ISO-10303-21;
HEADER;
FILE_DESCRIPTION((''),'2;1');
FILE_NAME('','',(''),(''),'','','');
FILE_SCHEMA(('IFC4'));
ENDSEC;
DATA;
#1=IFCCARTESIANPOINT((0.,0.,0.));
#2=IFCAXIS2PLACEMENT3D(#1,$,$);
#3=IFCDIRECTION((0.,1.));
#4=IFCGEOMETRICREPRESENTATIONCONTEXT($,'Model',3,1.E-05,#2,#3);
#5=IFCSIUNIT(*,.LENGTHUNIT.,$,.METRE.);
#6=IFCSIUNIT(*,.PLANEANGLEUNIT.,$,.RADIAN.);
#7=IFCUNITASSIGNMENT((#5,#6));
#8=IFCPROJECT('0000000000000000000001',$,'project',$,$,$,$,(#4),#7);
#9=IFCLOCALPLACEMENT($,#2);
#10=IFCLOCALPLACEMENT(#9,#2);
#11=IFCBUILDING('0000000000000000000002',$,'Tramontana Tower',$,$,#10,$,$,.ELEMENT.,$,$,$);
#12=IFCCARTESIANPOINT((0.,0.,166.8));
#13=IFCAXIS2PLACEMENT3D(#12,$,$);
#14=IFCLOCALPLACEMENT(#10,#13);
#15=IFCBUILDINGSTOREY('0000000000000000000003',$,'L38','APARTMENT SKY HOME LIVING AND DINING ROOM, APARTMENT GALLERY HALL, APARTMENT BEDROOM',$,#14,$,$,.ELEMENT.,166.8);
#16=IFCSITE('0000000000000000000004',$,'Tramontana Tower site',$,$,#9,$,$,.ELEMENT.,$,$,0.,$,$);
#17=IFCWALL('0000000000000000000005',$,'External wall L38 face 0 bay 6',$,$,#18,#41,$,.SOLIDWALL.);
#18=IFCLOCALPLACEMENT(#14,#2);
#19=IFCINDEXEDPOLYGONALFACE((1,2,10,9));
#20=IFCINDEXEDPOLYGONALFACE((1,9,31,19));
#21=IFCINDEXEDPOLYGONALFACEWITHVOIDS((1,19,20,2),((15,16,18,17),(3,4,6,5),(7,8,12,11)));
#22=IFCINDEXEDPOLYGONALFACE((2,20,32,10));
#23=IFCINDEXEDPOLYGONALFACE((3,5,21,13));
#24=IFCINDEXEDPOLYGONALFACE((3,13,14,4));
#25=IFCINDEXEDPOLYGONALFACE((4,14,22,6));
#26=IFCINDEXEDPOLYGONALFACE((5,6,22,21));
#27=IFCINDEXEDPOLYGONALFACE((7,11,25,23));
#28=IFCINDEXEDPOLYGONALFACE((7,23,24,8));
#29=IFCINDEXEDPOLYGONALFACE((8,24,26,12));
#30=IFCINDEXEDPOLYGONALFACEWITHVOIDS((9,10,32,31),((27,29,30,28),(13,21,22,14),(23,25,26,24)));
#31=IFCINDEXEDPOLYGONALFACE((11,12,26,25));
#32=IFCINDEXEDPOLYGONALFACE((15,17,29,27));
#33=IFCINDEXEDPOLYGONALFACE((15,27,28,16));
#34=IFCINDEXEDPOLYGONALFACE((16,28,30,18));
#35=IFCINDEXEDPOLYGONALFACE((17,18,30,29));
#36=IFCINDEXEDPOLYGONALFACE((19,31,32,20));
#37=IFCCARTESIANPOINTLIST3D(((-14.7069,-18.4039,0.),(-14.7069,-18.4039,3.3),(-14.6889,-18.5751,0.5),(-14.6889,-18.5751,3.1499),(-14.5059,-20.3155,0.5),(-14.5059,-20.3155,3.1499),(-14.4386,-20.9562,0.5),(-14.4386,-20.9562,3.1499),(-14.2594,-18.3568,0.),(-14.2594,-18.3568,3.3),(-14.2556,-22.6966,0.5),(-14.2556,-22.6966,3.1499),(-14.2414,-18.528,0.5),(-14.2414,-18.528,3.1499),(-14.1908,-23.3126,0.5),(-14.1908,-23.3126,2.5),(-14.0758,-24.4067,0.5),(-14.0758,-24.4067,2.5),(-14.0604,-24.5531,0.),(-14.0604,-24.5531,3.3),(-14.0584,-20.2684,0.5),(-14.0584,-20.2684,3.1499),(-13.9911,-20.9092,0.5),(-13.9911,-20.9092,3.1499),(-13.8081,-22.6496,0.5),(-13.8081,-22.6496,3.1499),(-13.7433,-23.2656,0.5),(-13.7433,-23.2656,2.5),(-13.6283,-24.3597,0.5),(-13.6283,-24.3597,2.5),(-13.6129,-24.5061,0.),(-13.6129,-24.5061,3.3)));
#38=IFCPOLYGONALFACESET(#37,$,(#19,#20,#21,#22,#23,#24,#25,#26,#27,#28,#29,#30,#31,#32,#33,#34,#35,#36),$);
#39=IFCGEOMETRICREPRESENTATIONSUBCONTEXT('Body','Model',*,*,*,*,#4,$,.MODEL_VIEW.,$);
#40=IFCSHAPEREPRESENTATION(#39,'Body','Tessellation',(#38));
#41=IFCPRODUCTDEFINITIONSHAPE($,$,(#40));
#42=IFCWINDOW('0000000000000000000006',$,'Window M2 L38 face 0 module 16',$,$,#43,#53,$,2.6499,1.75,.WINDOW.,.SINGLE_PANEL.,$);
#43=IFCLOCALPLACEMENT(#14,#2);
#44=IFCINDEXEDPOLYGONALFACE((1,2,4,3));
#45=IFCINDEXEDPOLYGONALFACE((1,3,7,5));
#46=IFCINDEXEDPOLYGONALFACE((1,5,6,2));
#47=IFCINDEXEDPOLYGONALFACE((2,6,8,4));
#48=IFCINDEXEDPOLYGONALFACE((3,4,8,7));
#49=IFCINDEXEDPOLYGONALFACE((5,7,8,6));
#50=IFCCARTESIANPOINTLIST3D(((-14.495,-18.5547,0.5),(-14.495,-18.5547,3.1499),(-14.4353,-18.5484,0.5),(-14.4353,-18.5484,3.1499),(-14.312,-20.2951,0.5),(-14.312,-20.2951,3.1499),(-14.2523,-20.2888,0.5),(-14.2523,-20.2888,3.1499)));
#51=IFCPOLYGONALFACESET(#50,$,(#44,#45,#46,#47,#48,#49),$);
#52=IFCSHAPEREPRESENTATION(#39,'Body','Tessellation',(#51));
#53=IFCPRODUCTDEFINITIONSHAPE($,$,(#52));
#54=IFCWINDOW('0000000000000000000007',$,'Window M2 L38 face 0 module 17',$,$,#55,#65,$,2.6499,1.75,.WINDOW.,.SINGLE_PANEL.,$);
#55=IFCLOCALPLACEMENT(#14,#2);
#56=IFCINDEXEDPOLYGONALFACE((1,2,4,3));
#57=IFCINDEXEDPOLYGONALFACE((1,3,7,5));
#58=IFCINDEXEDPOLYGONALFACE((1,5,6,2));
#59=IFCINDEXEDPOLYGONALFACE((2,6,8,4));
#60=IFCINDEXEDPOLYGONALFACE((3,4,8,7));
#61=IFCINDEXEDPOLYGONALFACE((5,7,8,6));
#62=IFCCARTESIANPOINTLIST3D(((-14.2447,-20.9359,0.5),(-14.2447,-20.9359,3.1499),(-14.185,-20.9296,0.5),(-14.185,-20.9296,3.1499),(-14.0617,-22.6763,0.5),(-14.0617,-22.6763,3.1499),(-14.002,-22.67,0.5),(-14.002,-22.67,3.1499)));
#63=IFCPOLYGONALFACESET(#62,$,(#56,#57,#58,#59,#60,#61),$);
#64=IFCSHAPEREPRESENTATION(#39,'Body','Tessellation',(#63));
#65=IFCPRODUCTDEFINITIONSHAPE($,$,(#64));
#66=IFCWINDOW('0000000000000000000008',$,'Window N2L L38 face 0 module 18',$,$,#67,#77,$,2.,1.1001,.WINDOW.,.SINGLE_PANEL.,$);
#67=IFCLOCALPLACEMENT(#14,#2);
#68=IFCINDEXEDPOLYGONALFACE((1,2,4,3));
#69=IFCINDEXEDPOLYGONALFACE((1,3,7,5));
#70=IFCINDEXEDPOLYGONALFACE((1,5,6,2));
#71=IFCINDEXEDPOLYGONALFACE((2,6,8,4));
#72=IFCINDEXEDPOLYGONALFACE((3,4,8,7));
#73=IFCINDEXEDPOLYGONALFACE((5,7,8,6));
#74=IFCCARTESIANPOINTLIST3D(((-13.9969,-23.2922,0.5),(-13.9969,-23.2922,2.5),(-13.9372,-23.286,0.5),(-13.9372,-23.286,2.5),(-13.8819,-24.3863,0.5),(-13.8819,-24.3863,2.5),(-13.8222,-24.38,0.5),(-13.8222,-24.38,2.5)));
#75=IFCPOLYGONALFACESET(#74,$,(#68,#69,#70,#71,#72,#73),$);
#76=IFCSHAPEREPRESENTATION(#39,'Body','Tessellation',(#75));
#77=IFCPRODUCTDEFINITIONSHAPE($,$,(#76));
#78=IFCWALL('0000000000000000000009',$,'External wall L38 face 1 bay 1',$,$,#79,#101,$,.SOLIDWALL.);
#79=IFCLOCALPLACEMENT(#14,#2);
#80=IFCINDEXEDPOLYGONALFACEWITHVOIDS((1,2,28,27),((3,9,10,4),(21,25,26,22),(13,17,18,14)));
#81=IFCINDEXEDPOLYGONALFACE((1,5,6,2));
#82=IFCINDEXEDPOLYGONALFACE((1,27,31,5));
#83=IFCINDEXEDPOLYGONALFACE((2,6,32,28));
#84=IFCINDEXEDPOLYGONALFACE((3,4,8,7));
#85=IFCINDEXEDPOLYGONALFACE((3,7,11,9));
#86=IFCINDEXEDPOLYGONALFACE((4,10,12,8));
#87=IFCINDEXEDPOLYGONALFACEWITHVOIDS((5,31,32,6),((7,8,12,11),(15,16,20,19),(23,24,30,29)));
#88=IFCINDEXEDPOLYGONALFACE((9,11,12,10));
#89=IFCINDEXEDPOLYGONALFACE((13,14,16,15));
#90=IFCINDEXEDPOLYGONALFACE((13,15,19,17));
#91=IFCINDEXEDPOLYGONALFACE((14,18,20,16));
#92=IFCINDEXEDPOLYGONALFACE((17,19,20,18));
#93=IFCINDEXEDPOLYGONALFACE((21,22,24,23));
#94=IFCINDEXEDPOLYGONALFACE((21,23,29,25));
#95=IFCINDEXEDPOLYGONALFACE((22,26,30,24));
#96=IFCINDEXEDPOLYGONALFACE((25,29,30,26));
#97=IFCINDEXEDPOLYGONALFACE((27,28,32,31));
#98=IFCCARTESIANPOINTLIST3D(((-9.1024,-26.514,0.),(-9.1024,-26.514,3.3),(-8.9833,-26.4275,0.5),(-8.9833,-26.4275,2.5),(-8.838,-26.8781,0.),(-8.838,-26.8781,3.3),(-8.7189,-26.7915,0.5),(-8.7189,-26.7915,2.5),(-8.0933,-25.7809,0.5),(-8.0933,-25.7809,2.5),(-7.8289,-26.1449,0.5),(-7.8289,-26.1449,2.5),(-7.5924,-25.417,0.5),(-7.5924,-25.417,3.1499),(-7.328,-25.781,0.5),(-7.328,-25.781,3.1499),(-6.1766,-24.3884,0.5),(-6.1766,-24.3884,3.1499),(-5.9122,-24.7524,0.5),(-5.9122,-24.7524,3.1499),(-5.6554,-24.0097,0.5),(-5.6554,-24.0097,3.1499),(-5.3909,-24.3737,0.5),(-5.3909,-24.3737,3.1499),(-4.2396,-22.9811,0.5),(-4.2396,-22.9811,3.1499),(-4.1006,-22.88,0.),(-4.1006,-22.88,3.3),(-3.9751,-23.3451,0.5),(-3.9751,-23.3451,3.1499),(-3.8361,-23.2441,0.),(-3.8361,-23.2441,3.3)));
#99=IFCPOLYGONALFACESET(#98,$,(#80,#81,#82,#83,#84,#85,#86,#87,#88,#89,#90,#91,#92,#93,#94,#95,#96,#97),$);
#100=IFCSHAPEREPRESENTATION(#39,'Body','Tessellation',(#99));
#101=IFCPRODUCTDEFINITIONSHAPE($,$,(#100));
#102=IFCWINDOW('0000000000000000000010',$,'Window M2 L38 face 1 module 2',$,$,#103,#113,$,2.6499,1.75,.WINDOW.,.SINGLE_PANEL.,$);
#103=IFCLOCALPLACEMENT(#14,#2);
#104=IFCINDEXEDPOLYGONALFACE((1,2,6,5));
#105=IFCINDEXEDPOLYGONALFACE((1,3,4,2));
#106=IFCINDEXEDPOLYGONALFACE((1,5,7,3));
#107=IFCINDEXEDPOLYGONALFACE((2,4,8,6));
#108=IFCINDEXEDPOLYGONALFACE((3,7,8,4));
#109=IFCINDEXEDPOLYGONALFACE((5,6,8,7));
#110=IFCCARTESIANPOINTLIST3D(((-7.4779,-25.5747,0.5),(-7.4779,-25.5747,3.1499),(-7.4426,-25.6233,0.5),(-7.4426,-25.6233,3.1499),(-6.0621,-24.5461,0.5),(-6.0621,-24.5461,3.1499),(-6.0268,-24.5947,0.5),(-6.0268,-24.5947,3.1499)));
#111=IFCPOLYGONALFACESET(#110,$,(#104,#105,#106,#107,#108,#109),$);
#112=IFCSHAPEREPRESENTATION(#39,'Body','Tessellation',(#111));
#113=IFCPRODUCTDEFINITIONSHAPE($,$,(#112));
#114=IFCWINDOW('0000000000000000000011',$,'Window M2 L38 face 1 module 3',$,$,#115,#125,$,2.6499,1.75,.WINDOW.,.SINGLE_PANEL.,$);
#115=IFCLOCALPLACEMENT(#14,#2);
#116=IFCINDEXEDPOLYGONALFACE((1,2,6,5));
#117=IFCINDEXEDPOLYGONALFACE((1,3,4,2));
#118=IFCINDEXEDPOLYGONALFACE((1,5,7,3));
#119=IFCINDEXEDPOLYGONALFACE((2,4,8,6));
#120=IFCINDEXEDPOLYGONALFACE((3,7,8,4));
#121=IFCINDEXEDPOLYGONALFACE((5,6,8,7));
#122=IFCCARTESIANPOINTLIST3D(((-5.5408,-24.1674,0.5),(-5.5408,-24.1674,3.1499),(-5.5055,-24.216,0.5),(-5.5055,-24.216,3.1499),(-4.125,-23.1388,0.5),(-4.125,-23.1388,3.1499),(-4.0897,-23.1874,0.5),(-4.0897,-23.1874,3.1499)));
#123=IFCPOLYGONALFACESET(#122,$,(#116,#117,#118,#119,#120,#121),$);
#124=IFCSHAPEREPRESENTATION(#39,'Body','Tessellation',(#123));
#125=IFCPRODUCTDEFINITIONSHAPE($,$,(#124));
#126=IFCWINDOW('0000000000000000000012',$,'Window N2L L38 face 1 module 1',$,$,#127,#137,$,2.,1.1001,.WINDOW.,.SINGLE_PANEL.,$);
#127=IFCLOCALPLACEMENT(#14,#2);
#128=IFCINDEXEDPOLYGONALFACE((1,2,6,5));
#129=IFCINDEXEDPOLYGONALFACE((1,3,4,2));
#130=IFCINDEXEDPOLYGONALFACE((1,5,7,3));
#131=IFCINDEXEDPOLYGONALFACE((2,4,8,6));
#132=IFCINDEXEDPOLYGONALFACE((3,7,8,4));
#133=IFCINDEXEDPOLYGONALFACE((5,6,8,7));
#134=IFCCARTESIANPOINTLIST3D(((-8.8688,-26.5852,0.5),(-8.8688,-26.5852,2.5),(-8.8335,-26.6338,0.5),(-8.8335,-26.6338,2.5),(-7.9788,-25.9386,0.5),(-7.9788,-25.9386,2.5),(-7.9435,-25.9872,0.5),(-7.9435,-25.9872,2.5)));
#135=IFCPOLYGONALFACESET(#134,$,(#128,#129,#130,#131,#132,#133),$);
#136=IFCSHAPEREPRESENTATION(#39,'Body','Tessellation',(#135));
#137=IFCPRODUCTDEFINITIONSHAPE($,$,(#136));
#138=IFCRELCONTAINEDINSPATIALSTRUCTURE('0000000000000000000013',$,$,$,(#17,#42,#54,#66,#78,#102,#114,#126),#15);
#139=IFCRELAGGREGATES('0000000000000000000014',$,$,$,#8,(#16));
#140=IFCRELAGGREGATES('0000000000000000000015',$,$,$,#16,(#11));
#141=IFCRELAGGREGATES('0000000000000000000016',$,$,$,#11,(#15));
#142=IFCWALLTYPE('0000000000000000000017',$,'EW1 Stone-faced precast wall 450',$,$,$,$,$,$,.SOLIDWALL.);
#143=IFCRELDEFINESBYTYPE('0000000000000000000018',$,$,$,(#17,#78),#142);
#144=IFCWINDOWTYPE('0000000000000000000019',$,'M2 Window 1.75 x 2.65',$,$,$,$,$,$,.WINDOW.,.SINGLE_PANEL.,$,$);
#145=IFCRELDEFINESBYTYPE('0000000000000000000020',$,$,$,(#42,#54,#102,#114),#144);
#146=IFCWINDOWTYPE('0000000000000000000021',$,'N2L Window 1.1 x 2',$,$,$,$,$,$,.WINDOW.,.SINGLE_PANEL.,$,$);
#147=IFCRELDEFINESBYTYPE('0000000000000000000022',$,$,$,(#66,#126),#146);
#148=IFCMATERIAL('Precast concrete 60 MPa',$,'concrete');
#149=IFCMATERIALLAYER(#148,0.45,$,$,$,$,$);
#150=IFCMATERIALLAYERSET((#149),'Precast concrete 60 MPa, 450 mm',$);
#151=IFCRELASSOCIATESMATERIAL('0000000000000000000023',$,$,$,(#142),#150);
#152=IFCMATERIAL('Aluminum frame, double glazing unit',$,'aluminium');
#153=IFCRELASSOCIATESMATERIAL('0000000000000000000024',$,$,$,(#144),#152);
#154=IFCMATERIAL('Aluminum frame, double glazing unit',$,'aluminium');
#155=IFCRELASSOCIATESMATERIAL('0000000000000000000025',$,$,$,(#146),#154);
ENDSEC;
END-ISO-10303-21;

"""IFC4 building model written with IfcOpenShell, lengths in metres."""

from ifc_helpers import new_model, si_unit, direction, frame, frame_2d, origin, place, context, subcontext, project, spatial, rectangle, extrude, material, layer, layer_set, type_object, element, fill, save


model = new_model("IFC4")

# Units and contexts
model_context = context("Model", 3, precision=1e-05, world=origin(), true_north=direction((0.0, 1.0)))
body_context = subcontext(model_context, "Body", "Model", "MODEL_VIEW")
ifc_project = project(units=[si_unit("LENGTHUNIT", "METRE"), si_unit("PLANEANGLEUNIT", "RADIAN")], contexts=[model_context])

# Site, building, storey
site_placement = place(None, origin())
site = spatial("IfcSite", under=ifc_project, at=site_placement, Name="Tramontana Tower site", CompositionType="ELEMENT", RefElevation=0.0)
building_placement = place(site_placement, origin())
building = spatial("IfcBuilding", under=site, at=building_placement, Name="Tramontana Tower", CompositionType="ELEMENT")
storey_placement = place(building_placement, frame((0.0, 0.0, 166.8)))
storey = spatial("IfcBuildingStorey", under=building, at=storey_placement, Name="L38", Description="APARTMENT SKY HOME LIVING AND DINING ROOM, APARTMENT GALLERY HALL, APARTMENT BEDROOM", CompositionType="ELEMENT", Elevation=166.8)

# Walls, openings, windows
ifc_material_1 = material(Name="Precast concrete 60 MPa", Category="concrete")
ifc_layer_1 = layer(ifc_material_1, 0.45)
ifc_layer_set_1 = layer_set([ifc_layer_1], Name="Precast concrete 60 MPa, 450 mm")
wall_type_1 = type_object("IfcWallType", Name="EW1 Stone-faced precast wall 450", PredefinedType="SOLIDWALL", material=ifc_layer_set_1)
wall_1_placement = place(storey_placement, frame((-14.4832, -18.3804, 0.0), z_axis=(0.0, 0.0, 1.0), x_axis=(0.104557, -0.994519, 0.0)))
wall_1 = element("IfcWall", 1, at=wall_1_placement, inside=storey, type_object=wall_type_1, Name="External wall L38 face 0 bay 6", PredefinedType="SOLIDWALL", context=body_context, shape_type="SweptSolid", body=[
    extrude(rectangle(XDim=6.1831, YDim=0.45, at=frame_2d((3.0916, 0.0))), origin(), (0.0, 0.0, 1.0), 3.3),
])
opening_1_placement = place(wall_1_placement, frame((0.1721, 0.0, 0.5)))
opening_1 = element("IfcOpeningElement", 2, at=opening_1_placement, cuts=wall_1, PredefinedType="OPENING", context=body_context, shape_type="SweptSolid", body=[
    extrude(rectangle(XDim=1.75, YDim=2.6499, at=frame_2d((0.875, 1.325))), frame((0.0, 0.2349, 0.0), z_axis=(0.0, -1.0, 0.0), x_axis=(1.0, 0.0, 0.0)), (0.0, 0.0, 1.0), 0.47),
])
opening_2_placement = place(wall_1_placement, frame((2.5664, 0.0, 0.5)))
opening_2 = element("IfcOpeningElement", 3, at=opening_2_placement, cuts=wall_1, PredefinedType="OPENING", context=body_context, shape_type="SweptSolid", body=[
    extrude(rectangle(XDim=1.75, YDim=2.6499, at=frame_2d((0.875, 1.325))), frame((0.0, 0.2349, 0.0), z_axis=(0.0, -1.0, 0.0), x_axis=(1.0, 0.0, 0.0)), (0.0, 0.0, 1.0), 0.47),
])
opening_3_placement = place(wall_1_placement, frame((4.9358, 0.0, 0.5)))
opening_3 = element("IfcOpeningElement", 4, at=opening_3_placement, cuts=wall_1, PredefinedType="OPENING", context=body_context, shape_type="SweptSolid", body=[
    extrude(rectangle(XDim=1.1001, YDim=2.0, at=frame_2d((0.55, 1.0))), frame((0.0, 0.2349, 0.0), z_axis=(0.0, -1.0, 0.0), x_axis=(1.0, 0.0, 0.0)), (0.0, 0.0, 1.0), 0.47),
])
ifc_material_2 = material(Name="Aluminum frame, double glazing unit", Category="aluminium")
window_type_1 = type_object("IfcWindowType", Name="M2 Window 1.75 x 2.65", PartitioningType="SINGLE_PANEL", PredefinedType="WINDOW", material=ifc_material_2)
window_1_placement = place(opening_1_placement, origin())
window_1 = element("IfcWindow", 5, at=window_1_placement, inside=storey, type_object=window_type_1, Name="Window M2 L38 face 0 module 16", OverallHeight=2.6499, OverallWidth=1.75, PartitioningType="SINGLE_PANEL", PredefinedType="WINDOW", context=body_context, shape_type="SweptSolid", body=[
    extrude(rectangle(XDim=1.75, YDim=2.6499, at=frame_2d((0.875, 1.325))), frame((0.0, 0.03, 0.0), z_axis=(0.0, -1.0, 0.0), x_axis=(1.0, 0.0, 0.0)), (0.0, 0.0, 1.0), 0.0601),
])
fill(opening_1, window_1)
window_2_placement = place(opening_2_placement, origin())
window_2 = element("IfcWindow", 6, at=window_2_placement, inside=storey, type_object=window_type_1, Name="Window M2 L38 face 0 module 17", OverallHeight=2.6499, OverallWidth=1.75, PartitioningType="SINGLE_PANEL", PredefinedType="WINDOW", context=body_context, shape_type="SweptSolid", body=[
    extrude(rectangle(XDim=1.75, YDim=2.6499, at=frame_2d((0.875, 1.325))), frame((0.0, 0.03, 0.0), z_axis=(0.0, -1.0, 0.0), x_axis=(1.0, 0.0, 0.0)), (0.0, 0.0, 1.0), 0.0601),
])
fill(opening_2, window_2)
ifc_material_3 = material(Name="Aluminum frame, double glazing unit", Category="aluminium")
window_type_2 = type_object("IfcWindowType", Name="N2L Window 1.1 x 2", PartitioningType="SINGLE_PANEL", PredefinedType="WINDOW", material=ifc_material_3)
window_3_placement = place(opening_3_placement, origin())
window_3 = element("IfcWindow", 7, at=window_3_placement, inside=storey, type_object=window_type_2, Name="Window N2L L38 face 0 module 18", OverallHeight=2.0, OverallWidth=1.1001, PartitioningType="SINGLE_PANEL", PredefinedType="WINDOW", context=body_context, shape_type="SweptSolid", body=[
    extrude(rectangle(XDim=1.1001, YDim=2.0, at=frame_2d((0.55, 1.0))), frame((0.0, 0.03, 0.0), z_axis=(0.0, -1.0, 0.0), x_axis=(1.0, 0.0, 0.0)), (0.0, 0.0, 1.0), 0.0601),
])
fill(opening_3, window_3)
wall_2_placement = place(storey_placement, frame((-8.9702, -26.696, 0.0), z_axis=(0.0, 0.0, 1.0), x_axis=(0.809025, 0.587775, 0.0)))
wall_2 = element("IfcWall", 8, at=wall_2_placement, inside=storey, type_object=wall_type_1, Name="External wall L38 face 1 bay 1", PredefinedType="SOLIDWALL", context=body_context, shape_type="SweptSolid", body=[
    extrude(rectangle(XDim=6.1826, YDim=0.45, at=frame_2d((3.0913, 0.0))), origin(), (0.0, 0.0, 1.0), 3.3),
])
opening_4_placement = place(wall_2_placement, frame((0.1472, 0.0, 0.5)))
opening_4 = element("IfcOpeningElement", 9, at=opening_4_placement, cuts=wall_2, PredefinedType="OPENING", context=body_context, shape_type="SweptSolid", body=[
    extrude(rectangle(XDim=1.1001, YDim=2.0, at=frame_2d((0.55, 1.0))), frame((0.0, 0.2349, 0.0), z_axis=(0.0, -1.0, 0.0), x_axis=(1.0, 0.0, 0.0)), (0.0, 0.0, 1.0), 0.47),
])
opening_5_placement = place(wall_2_placement, frame((1.8665, 0.0, 0.5)))
opening_5 = element("IfcOpeningElement", 10, at=opening_5_placement, cuts=wall_2, PredefinedType="OPENING", context=body_context, shape_type="SweptSolid", body=[
    extrude(rectangle(XDim=1.75, YDim=2.6499, at=frame_2d((0.875, 1.325))), frame((0.0, 0.2349, 0.0), z_axis=(0.0, -1.0, 0.0), x_axis=(1.0, 0.0, 0.0)), (0.0, 0.0, 1.0), 0.47),
])
opening_6_placement = place(wall_2_placement, frame((4.2607, 0.0, 0.5)))
opening_6 = element("IfcOpeningElement", 11, at=opening_6_placement, cuts=wall_2, PredefinedType="OPENING", context=body_context, shape_type="SweptSolid", body=[
    extrude(rectangle(XDim=1.75, YDim=2.6499, at=frame_2d((0.875, 1.325))), frame((0.0, 0.2349, 0.0), z_axis=(0.0, -1.0, 0.0), x_axis=(1.0, 0.0, 0.0)), (0.0, 0.0, 1.0), 0.47),
])
window_4_placement = place(opening_5_placement, origin())
window_4 = element("IfcWindow", 12, at=window_4_placement, inside=storey, type_object=window_type_1, Name="Window M2 L38 face 1 module 2", OverallHeight=2.6499, OverallWidth=1.75, PartitioningType="SINGLE_PANEL", PredefinedType="WINDOW", context=body_context, shape_type="SweptSolid", body=[
    extrude(rectangle(XDim=1.75, YDim=2.6499, at=frame_2d((0.875, 1.325))), frame((0.0, 0.03, 0.0), z_axis=(0.0, -1.0, 0.0), x_axis=(1.0, 0.0, 0.0)), (0.0, 0.0, 1.0), 0.0601),
])
fill(opening_5, window_4)
window_5_placement = place(opening_6_placement, origin())
window_5 = element("IfcWindow", 13, at=window_5_placement, inside=storey, type_object=window_type_1, Name="Window M2 L38 face 1 module 3", OverallHeight=2.6499, OverallWidth=1.75, PartitioningType="SINGLE_PANEL", PredefinedType="WINDOW", context=body_context, shape_type="SweptSolid", body=[
    extrude(rectangle(XDim=1.75, YDim=2.6499, at=frame_2d((0.875, 1.325))), frame((0.0, 0.03, 0.0), z_axis=(0.0, -1.0, 0.0), x_axis=(1.0, 0.0, 0.0)), (0.0, 0.0, 1.0), 0.0601),
])
fill(opening_6, window_5)
window_6_placement = place(opening_4_placement, origin())
window_6 = element("IfcWindow", 14, at=window_6_placement, inside=storey, type_object=window_type_2, Name="Window N2L L38 face 1 module 1", OverallHeight=2.0, OverallWidth=1.1001, PartitioningType="SINGLE_PANEL", PredefinedType="WINDOW", context=body_context, shape_type="SweptSolid", body=[
    extrude(rectangle(XDim=1.1001, YDim=2.0, at=frame_2d((0.55, 1.0))), frame((0.0, 0.03, 0.0), z_axis=(0.0, -1.0, 0.0), x_axis=(1.0, 0.0, 0.0)), (0.0, 0.0, 1.0), 0.0601),
])
fill(opening_4, window_6)

save(model, "model.ifc")
